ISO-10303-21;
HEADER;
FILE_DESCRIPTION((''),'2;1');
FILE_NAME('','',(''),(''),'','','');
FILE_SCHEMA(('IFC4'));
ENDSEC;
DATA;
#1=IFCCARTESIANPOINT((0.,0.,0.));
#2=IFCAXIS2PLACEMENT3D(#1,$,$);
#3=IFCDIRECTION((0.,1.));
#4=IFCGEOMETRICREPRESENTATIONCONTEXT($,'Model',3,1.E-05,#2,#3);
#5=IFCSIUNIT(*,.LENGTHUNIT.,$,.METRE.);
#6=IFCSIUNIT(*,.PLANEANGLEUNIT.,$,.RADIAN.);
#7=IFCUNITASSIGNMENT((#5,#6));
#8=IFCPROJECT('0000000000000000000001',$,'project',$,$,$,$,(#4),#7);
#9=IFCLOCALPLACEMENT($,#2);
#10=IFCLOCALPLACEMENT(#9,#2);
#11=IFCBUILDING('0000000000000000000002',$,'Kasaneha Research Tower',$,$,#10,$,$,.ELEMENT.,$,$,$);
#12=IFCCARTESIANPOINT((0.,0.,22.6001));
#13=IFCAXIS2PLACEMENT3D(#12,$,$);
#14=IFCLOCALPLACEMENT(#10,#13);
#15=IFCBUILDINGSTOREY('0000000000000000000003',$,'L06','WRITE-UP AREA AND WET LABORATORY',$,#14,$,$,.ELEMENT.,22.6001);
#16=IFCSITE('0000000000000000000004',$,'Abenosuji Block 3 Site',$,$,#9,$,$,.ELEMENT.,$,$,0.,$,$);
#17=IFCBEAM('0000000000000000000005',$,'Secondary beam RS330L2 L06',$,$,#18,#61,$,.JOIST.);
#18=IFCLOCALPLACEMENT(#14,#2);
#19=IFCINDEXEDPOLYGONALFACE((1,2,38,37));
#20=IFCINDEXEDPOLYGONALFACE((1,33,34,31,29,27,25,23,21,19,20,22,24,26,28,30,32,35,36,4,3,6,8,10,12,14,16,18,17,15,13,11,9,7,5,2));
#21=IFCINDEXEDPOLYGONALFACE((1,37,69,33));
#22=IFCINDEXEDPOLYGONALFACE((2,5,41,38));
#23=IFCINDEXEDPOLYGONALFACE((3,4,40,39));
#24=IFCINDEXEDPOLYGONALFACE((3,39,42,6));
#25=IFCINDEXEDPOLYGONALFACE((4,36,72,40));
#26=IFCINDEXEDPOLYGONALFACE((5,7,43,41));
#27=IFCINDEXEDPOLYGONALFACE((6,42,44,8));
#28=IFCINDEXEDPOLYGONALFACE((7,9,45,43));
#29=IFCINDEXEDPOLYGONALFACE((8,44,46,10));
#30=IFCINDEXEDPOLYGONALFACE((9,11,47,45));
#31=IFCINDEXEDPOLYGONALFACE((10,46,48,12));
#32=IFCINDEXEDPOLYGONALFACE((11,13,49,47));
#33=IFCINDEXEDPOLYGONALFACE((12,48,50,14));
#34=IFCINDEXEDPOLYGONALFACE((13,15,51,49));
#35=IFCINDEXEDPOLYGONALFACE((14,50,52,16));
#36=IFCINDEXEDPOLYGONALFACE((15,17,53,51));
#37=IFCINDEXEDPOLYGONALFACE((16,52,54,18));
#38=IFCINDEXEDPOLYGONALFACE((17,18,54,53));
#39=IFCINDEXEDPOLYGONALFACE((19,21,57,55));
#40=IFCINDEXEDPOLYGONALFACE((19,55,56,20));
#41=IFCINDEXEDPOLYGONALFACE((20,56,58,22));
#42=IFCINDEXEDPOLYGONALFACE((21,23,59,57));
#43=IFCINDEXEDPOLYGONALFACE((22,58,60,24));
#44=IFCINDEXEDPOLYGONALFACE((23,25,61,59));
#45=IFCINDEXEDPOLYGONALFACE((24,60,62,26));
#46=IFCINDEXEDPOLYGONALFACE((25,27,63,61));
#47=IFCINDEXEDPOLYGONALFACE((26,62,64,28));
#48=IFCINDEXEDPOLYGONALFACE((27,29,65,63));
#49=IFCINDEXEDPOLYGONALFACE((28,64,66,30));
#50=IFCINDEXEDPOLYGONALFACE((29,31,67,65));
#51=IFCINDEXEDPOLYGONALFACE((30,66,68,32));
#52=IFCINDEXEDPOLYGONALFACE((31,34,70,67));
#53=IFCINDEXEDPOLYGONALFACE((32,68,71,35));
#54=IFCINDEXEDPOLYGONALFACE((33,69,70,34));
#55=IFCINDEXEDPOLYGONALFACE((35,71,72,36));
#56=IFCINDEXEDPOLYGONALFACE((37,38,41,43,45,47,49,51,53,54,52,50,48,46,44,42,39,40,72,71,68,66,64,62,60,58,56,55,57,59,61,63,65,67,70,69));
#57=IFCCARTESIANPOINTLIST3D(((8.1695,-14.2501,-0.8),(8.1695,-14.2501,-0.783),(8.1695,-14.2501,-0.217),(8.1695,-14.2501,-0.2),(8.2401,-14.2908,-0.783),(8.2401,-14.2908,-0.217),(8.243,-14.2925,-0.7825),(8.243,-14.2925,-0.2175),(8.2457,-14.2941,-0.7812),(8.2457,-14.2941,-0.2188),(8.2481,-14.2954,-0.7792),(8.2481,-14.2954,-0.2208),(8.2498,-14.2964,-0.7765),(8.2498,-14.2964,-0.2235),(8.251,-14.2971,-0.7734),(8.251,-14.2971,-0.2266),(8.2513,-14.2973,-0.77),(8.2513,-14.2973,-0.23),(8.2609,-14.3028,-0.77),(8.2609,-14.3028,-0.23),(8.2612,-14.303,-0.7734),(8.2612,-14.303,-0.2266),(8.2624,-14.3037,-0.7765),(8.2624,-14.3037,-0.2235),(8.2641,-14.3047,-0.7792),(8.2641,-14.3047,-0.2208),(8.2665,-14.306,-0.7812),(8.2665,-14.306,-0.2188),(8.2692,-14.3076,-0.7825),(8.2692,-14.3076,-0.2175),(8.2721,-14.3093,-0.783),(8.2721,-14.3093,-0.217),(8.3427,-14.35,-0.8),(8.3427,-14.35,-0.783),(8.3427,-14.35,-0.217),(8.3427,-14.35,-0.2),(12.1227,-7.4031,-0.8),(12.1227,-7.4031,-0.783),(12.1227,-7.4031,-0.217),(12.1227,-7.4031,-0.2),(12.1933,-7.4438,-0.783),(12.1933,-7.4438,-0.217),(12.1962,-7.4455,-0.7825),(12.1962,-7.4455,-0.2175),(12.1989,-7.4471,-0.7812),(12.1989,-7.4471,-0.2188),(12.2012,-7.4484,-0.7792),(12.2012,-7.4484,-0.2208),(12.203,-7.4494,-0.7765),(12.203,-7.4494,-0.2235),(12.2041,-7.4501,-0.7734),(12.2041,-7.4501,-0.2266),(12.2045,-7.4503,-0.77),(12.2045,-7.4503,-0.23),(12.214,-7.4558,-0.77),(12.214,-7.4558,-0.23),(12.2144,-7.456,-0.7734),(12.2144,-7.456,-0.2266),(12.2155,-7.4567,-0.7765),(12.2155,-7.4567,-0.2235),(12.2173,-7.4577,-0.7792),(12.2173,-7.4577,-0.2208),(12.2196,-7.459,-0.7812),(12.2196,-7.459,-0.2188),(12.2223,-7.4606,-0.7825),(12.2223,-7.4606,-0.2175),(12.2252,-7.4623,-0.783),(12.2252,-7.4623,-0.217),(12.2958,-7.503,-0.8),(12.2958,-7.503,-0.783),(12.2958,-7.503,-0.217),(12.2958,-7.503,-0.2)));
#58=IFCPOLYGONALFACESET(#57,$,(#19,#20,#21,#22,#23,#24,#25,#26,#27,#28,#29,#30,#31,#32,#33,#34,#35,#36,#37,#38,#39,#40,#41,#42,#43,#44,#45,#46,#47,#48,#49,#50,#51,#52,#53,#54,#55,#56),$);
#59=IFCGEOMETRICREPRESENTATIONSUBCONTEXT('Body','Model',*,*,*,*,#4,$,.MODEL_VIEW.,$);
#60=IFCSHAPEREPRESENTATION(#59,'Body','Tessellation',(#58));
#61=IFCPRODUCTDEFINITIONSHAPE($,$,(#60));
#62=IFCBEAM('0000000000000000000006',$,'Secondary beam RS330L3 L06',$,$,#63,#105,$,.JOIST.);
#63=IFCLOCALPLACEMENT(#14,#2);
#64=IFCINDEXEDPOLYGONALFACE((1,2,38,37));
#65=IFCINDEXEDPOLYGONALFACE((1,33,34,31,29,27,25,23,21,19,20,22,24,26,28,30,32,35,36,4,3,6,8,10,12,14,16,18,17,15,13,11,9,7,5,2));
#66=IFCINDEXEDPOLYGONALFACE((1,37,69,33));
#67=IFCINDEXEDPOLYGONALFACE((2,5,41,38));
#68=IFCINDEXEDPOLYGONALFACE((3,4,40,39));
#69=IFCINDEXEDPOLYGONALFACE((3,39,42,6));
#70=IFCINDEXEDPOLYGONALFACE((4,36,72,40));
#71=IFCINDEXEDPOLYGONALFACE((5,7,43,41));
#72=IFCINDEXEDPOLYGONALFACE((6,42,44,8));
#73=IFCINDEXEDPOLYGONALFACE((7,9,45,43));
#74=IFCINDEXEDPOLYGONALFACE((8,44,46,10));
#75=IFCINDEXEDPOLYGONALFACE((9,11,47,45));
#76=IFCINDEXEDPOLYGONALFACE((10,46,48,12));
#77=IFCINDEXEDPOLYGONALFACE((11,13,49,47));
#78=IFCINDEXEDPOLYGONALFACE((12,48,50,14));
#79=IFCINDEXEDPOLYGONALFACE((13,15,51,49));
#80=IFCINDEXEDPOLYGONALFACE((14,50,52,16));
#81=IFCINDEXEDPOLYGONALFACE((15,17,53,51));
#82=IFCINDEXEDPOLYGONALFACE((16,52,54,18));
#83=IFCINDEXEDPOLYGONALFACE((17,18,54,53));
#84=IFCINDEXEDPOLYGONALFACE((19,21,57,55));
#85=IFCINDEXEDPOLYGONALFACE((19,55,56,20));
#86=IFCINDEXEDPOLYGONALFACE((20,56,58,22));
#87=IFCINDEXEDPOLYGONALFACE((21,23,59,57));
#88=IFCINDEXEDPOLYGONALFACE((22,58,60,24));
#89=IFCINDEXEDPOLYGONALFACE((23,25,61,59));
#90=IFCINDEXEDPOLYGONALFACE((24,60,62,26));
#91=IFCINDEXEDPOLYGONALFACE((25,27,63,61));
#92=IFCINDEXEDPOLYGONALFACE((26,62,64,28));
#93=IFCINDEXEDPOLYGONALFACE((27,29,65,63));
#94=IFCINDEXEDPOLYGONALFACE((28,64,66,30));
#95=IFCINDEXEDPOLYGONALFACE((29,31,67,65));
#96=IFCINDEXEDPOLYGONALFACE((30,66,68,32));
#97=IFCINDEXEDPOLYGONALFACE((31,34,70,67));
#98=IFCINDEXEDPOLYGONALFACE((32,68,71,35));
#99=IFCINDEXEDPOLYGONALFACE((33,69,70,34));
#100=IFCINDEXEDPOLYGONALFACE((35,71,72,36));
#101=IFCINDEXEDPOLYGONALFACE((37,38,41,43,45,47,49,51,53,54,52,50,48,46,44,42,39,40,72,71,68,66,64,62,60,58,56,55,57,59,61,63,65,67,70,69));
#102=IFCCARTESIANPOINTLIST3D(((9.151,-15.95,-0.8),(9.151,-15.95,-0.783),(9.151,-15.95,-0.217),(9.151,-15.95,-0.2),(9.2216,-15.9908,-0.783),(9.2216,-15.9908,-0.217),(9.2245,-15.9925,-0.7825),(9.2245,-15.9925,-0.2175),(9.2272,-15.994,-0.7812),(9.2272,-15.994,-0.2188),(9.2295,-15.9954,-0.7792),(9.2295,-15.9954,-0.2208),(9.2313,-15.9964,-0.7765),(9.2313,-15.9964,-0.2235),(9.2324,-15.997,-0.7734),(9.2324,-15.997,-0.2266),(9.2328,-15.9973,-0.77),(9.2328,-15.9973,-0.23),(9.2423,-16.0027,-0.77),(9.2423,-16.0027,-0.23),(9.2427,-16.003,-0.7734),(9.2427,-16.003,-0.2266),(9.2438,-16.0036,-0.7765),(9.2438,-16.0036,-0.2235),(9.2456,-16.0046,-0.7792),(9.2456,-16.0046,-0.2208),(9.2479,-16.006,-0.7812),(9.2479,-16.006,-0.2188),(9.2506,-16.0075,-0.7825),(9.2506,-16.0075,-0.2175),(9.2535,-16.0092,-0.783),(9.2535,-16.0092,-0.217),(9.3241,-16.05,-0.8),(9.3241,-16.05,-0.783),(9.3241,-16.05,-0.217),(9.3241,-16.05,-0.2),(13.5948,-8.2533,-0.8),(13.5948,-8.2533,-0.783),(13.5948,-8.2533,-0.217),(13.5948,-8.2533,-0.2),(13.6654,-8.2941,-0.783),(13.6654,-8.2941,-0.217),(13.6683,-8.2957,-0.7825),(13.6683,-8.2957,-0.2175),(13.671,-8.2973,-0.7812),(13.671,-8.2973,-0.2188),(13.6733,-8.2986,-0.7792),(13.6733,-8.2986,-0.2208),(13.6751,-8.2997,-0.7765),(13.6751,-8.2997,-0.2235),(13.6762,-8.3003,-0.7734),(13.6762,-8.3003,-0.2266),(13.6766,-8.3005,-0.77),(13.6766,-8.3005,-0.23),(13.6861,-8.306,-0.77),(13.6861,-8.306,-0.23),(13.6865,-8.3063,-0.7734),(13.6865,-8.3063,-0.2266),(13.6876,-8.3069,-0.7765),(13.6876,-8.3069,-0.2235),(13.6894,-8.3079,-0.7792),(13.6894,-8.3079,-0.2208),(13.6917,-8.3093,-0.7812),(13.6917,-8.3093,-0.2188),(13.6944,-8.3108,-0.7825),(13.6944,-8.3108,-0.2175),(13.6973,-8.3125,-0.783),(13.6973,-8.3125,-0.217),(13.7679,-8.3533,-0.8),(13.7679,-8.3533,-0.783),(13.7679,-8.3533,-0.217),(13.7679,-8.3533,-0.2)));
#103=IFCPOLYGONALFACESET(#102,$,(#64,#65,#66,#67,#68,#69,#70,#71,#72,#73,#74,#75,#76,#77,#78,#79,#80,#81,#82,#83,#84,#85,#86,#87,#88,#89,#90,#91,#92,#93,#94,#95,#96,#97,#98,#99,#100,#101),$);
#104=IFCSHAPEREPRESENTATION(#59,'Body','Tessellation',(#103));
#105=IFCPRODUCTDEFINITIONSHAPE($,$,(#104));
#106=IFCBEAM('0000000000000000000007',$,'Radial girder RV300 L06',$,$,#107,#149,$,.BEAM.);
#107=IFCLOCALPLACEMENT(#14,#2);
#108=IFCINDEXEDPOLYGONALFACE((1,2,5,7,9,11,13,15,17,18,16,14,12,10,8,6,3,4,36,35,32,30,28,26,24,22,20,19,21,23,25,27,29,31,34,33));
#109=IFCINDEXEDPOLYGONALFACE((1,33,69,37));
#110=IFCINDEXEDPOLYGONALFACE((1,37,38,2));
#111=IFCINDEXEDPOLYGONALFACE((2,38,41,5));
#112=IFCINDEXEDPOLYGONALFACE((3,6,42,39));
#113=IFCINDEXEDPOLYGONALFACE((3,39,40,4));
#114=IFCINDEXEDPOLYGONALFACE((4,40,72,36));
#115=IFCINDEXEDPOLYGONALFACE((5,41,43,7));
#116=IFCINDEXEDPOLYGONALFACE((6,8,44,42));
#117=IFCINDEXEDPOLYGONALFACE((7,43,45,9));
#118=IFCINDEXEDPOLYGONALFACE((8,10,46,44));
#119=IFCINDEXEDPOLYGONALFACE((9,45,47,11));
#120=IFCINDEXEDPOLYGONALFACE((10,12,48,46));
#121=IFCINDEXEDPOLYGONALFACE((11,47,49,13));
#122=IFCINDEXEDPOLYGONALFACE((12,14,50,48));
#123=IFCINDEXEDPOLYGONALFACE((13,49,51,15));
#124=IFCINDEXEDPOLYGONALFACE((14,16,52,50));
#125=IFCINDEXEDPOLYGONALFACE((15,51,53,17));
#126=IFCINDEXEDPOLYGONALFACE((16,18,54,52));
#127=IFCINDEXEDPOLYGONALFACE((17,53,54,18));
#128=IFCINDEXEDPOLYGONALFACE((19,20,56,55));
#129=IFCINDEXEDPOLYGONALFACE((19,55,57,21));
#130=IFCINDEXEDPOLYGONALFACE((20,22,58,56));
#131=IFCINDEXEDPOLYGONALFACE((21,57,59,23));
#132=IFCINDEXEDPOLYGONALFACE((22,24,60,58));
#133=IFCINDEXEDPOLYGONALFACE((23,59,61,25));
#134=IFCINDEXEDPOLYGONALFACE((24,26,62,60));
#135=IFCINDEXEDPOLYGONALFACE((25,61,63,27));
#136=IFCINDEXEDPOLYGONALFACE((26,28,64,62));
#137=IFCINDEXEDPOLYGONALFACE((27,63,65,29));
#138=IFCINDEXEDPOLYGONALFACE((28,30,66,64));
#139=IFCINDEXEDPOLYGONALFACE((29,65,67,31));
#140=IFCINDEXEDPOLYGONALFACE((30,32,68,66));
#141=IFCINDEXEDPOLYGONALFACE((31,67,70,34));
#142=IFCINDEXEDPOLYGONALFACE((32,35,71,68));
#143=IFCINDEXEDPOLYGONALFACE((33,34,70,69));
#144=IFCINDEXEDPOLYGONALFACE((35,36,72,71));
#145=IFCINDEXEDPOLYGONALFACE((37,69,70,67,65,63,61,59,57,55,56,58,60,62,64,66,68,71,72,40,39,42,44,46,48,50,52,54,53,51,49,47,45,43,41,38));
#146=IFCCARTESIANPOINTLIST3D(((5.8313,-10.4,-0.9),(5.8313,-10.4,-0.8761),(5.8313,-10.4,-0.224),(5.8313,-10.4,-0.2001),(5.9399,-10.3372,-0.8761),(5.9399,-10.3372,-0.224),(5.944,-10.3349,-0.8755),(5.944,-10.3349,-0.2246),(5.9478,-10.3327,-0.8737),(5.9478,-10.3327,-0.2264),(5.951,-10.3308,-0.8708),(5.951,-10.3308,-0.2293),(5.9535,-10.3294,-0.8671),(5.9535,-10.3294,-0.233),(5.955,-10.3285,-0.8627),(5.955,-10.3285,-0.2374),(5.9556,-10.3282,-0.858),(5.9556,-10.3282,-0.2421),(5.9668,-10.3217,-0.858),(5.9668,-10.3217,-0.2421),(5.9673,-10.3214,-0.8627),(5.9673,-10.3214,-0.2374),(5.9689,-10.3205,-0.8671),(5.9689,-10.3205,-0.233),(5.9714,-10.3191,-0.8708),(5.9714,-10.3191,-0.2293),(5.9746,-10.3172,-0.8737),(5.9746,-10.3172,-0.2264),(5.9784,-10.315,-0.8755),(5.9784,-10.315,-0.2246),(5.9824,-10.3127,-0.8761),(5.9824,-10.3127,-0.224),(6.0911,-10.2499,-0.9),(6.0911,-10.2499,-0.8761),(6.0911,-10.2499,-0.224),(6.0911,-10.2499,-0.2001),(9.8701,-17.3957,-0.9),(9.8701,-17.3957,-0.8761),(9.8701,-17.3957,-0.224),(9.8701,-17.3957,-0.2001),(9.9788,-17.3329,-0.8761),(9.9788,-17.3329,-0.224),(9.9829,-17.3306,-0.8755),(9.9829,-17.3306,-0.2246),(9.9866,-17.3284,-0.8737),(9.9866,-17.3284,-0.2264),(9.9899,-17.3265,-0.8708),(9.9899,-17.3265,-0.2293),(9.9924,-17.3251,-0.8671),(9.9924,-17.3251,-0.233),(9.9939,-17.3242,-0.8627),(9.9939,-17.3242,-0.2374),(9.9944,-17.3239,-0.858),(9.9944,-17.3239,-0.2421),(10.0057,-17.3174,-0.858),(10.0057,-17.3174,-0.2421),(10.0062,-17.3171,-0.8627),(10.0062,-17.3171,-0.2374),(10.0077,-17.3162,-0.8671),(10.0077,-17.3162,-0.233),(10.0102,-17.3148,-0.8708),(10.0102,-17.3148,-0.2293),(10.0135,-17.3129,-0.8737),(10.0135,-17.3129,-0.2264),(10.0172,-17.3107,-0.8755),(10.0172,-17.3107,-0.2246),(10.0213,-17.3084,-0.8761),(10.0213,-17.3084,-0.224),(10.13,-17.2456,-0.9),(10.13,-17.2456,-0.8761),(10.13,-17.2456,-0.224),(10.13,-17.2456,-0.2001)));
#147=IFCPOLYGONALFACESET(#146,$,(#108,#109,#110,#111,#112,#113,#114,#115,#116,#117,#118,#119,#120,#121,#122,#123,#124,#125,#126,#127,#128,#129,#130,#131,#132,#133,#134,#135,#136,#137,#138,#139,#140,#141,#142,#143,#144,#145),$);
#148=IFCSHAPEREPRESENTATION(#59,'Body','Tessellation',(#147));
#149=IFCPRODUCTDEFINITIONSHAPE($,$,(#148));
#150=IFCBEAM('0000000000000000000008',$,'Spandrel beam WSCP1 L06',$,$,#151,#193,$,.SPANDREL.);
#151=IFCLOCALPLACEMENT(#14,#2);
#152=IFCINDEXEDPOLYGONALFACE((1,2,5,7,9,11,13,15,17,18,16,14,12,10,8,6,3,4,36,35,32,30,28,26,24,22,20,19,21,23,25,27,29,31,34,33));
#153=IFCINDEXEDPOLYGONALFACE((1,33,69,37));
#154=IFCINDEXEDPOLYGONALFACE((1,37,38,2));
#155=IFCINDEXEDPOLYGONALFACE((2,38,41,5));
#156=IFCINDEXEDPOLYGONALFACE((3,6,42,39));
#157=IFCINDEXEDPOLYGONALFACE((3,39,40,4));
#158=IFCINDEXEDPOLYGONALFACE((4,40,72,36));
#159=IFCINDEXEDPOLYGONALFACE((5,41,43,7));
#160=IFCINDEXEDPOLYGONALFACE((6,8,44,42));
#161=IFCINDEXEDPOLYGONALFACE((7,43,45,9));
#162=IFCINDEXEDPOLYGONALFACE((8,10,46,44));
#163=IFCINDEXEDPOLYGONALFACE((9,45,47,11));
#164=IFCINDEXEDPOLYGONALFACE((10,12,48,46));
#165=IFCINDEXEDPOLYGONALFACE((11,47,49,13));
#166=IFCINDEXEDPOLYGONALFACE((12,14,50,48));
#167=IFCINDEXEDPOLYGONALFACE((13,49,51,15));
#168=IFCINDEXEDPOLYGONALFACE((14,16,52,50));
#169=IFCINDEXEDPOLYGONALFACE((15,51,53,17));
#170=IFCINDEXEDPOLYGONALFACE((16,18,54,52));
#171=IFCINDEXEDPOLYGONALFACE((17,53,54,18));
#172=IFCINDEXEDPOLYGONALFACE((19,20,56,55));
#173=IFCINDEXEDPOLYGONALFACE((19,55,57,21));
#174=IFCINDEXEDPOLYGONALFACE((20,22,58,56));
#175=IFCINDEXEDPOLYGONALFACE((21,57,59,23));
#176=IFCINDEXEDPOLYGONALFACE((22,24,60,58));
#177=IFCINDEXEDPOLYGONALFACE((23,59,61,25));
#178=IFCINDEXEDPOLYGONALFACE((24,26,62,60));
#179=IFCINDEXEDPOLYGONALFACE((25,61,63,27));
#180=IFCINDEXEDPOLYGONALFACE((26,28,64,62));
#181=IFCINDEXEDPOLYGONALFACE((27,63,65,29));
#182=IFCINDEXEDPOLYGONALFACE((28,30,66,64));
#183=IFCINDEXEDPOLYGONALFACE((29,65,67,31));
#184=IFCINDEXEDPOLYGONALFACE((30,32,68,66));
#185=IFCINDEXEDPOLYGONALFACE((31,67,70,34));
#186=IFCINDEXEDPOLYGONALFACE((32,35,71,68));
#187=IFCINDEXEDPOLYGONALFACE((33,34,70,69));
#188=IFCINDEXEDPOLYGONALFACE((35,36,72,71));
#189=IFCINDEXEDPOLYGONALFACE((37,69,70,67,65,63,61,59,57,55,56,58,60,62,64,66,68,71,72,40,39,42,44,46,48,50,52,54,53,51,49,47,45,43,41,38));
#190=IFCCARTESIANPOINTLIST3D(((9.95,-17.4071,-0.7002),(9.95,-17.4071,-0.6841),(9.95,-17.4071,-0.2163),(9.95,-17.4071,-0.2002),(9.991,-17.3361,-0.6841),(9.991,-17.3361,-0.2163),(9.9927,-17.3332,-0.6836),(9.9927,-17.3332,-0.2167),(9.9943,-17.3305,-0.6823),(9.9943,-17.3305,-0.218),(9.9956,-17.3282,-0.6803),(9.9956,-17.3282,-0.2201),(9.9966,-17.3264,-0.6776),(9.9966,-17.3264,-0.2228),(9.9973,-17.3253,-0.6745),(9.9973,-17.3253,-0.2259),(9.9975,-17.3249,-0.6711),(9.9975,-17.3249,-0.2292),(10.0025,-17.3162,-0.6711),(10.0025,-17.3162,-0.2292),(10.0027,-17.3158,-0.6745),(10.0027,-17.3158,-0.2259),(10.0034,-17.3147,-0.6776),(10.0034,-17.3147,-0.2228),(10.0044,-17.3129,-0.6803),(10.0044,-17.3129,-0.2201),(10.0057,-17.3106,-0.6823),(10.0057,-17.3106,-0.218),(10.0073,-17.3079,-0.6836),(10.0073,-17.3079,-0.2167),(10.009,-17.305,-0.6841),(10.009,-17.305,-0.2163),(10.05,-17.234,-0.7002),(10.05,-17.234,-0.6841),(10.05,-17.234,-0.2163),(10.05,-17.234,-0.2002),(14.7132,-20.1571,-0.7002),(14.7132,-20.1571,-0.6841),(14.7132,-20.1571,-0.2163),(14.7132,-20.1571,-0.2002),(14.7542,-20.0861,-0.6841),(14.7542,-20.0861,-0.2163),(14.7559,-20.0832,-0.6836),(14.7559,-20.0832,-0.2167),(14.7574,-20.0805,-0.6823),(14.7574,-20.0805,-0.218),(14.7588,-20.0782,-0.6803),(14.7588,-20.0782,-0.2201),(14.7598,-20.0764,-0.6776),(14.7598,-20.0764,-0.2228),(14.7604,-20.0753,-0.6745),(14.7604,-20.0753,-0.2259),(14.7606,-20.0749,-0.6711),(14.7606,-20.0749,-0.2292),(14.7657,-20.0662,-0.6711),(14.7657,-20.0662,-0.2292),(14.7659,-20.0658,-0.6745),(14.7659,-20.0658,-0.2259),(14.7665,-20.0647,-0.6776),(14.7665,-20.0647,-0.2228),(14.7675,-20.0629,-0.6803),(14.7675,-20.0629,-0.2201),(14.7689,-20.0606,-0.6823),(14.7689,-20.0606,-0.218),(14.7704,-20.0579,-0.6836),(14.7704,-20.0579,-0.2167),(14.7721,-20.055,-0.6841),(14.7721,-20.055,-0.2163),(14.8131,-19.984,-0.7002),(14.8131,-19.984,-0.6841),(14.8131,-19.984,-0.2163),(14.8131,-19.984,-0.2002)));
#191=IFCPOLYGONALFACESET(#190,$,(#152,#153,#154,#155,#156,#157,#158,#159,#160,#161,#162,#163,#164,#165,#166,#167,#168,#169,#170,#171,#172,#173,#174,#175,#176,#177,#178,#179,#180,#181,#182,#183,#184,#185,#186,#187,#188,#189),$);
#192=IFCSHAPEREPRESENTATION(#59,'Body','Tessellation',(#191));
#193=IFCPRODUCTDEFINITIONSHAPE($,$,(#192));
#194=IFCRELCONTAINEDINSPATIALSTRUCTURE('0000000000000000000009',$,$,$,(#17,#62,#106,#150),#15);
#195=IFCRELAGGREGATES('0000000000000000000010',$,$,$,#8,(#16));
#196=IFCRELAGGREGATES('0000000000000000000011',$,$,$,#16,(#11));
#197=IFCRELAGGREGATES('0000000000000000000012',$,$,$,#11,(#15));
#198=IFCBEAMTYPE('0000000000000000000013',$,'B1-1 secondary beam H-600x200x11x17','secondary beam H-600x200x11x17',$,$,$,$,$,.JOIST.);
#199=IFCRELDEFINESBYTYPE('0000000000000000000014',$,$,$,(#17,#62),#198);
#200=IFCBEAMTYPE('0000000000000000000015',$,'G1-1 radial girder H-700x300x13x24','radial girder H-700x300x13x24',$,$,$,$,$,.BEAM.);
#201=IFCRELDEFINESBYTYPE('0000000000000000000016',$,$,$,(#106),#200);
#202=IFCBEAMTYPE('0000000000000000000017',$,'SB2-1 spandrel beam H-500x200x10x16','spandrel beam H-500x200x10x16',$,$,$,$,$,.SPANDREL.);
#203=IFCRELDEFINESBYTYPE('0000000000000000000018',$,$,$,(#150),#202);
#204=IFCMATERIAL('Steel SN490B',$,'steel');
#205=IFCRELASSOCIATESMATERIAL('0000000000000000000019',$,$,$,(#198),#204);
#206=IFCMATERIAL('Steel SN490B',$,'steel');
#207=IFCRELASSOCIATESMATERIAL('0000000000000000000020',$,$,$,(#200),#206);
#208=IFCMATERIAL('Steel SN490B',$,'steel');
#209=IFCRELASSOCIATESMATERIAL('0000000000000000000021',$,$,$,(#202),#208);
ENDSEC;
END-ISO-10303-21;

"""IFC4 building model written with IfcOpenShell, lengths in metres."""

from ifc_helpers import new_model, si_unit, direction, frame, origin, origin_2d, place, context, subcontext, project, spatial, i_section, extrude, material, material_profile, profile_set, type_object, element, save


model = new_model("IFC4")

# Units and contexts
model_context = context("Model", 3, precision=1e-05, world=origin(), true_north=direction((0.0, 1.0)))
body_context = subcontext(model_context, "Body", "Model", "MODEL_VIEW")
ifc_project = project(units=[si_unit("LENGTHUNIT", "METRE"), si_unit("PLANEANGLEUNIT", "RADIAN")], contexts=[model_context])

# Site, building, storey
site_placement = place(None, origin())
site = spatial("IfcSite", under=ifc_project, at=site_placement, Name="Abenosuji Block 3 Site", CompositionType="ELEMENT", RefElevation=0.0)
building_placement = place(site_placement, origin())
building = spatial("IfcBuilding", under=site, at=building_placement, Name="Kasaneha Research Tower", CompositionType="ELEMENT")
storey_placement = place(building_placement, frame((0.0, 0.0, 22.6001)))
storey = spatial("IfcBuildingStorey", under=building, at=storey_placement, Name="L06", Description="WRITE-UP AREA AND WET LABORATORY", CompositionType="ELEMENT", Elevation=22.6001)

# Beams
ifc_material_1 = material(Name="Steel SN490B", Category="steel")
ifc_material_profile_1 = material_profile(ifc_material_1, i_section(OverallWidth=0.2, OverallDepth=0.6001, WebThickness=0.011, FlangeThickness=0.0171, FilletRadius=0.0129, at=origin_2d()), Name="H-600x200x11x17")
ifc_profile_set_1 = profile_set([ifc_material_profile_1], Name="Steel SN490B")
beam_type_1 = type_object("IfcBeamType", Name="B1-1 secondary beam H-600x200x11x17", Description="secondary beam H-600x200x11x17", PredefinedType="JOIST", material=ifc_profile_set_1)
beam_1_placement = place(storey_placement, frame((8.2561, -14.3, -0.5), z_axis=(0.500005, 0.866023, 0.0), x_axis=(-0.866023, 0.500005, 0.0)))
element("IfcBeam", 1, at=beam_1_placement, inside=storey, type_object=beam_type_1, Name="Secondary beam RS330L2 L06", PredefinedType="JOIST", context=body_context, shape_type="SweptSolid", body=[
    extrude(i_section(OverallWidth=0.2, OverallDepth=0.6001, WebThickness=0.011, FlangeThickness=0.0171, FilletRadius=0.0129, at=origin_2d()), origin(), (0.0, 0.0, 1.0), 7.9062),
])
beam_2_placement = place(storey_placement, frame((9.2375, -16.0, -0.5), z_axis=(0.500009, 0.86602, 0.0), x_axis=(-0.86602, 0.500009, 0.0)))
element("IfcBeam", 2, at=beam_2_placement, inside=storey, type_object=beam_type_1, Name="Secondary beam RS330L3 L06", PredefinedType="JOIST", context=body_context, shape_type="SweptSolid", body=[
    extrude(i_section(OverallWidth=0.2, OverallDepth=0.6001, WebThickness=0.011, FlangeThickness=0.0171, FilletRadius=0.0129, at=origin_2d()), origin(), (0.0, 0.0, 1.0), 8.8875),
])
ifc_material_2 = material(Name="Steel SN490B", Category="steel")
ifc_material_profile_2 = material_profile(ifc_material_2, i_section(OverallWidth=0.3, OverallDepth=0.7, WebThickness=0.0129, FlangeThickness=0.0239, FilletRadius=0.0181, at=origin_2d()), Name="H-700x300x13x24")
ifc_profile_set_2 = profile_set([ifc_material_profile_2], Name="Steel SN490B")
beam_type_2 = type_object("IfcBeamType", Name="G1-1 radial girder H-700x300x13x24", Description="radial girder H-700x300x13x24", PredefinedType="BEAM", material=ifc_profile_set_2)
beam_3_placement = place(storey_placement, frame((5.9612, -10.325, -0.55), z_axis=(0.499991, -0.866031, 0.0), x_axis=(0.866031, 0.499991, 0.0)))
element("IfcBeam", 3, at=beam_3_placement, inside=storey, type_object=beam_type_2, Name="Radial girder RV300 L06", PredefinedType="BEAM", context=body_context, shape_type="SweptSolid", body=[
    extrude(i_section(OverallWidth=0.3, OverallDepth=0.7, WebThickness=0.0129, FlangeThickness=0.0239, FilletRadius=0.0181, at=origin_2d()), origin(), (0.0, 0.0, 1.0), 8.0779),
])
ifc_material_3 = material(Name="Steel SN490B", Category="steel")
ifc_material_profile_3 = material_profile(ifc_material_3, i_section(OverallWidth=0.2, OverallDepth=0.5, WebThickness=0.01, FlangeThickness=0.0161, FilletRadius=0.0129, at=origin_2d()), Name="H-500x200x10x16")
ifc_profile_set_3 = profile_set([ifc_material_profile_3], Name="Steel SN490B")
beam_type_3 = type_object("IfcBeamType", Name="SB2-1 spandrel beam H-500x200x10x16", Description="spandrel beam H-500x200x10x16", PredefinedType="SPANDREL", material=ifc_profile_set_3)
beam_4_placement = place(storey_placement, frame((10.0, -17.3206, -0.4502), z_axis=(0.866027, -0.499997, 0.0), x_axis=(0.499997, 0.866027, 0.0)))
element("IfcBeam", 4, at=beam_4_placement, inside=storey, type_object=beam_type_3, Name="Spandrel beam WSCP1 L06", PredefinedType="SPANDREL", context=body_context, shape_type="SweptSolid", body=[
    extrude(i_section(OverallWidth=0.2, OverallDepth=0.5, WebThickness=0.01, FlangeThickness=0.0161, FilletRadius=0.0129, at=origin_2d()), origin(), (0.0, 0.0, 1.0), 5.5),
])

save(model, "model.ifc")
